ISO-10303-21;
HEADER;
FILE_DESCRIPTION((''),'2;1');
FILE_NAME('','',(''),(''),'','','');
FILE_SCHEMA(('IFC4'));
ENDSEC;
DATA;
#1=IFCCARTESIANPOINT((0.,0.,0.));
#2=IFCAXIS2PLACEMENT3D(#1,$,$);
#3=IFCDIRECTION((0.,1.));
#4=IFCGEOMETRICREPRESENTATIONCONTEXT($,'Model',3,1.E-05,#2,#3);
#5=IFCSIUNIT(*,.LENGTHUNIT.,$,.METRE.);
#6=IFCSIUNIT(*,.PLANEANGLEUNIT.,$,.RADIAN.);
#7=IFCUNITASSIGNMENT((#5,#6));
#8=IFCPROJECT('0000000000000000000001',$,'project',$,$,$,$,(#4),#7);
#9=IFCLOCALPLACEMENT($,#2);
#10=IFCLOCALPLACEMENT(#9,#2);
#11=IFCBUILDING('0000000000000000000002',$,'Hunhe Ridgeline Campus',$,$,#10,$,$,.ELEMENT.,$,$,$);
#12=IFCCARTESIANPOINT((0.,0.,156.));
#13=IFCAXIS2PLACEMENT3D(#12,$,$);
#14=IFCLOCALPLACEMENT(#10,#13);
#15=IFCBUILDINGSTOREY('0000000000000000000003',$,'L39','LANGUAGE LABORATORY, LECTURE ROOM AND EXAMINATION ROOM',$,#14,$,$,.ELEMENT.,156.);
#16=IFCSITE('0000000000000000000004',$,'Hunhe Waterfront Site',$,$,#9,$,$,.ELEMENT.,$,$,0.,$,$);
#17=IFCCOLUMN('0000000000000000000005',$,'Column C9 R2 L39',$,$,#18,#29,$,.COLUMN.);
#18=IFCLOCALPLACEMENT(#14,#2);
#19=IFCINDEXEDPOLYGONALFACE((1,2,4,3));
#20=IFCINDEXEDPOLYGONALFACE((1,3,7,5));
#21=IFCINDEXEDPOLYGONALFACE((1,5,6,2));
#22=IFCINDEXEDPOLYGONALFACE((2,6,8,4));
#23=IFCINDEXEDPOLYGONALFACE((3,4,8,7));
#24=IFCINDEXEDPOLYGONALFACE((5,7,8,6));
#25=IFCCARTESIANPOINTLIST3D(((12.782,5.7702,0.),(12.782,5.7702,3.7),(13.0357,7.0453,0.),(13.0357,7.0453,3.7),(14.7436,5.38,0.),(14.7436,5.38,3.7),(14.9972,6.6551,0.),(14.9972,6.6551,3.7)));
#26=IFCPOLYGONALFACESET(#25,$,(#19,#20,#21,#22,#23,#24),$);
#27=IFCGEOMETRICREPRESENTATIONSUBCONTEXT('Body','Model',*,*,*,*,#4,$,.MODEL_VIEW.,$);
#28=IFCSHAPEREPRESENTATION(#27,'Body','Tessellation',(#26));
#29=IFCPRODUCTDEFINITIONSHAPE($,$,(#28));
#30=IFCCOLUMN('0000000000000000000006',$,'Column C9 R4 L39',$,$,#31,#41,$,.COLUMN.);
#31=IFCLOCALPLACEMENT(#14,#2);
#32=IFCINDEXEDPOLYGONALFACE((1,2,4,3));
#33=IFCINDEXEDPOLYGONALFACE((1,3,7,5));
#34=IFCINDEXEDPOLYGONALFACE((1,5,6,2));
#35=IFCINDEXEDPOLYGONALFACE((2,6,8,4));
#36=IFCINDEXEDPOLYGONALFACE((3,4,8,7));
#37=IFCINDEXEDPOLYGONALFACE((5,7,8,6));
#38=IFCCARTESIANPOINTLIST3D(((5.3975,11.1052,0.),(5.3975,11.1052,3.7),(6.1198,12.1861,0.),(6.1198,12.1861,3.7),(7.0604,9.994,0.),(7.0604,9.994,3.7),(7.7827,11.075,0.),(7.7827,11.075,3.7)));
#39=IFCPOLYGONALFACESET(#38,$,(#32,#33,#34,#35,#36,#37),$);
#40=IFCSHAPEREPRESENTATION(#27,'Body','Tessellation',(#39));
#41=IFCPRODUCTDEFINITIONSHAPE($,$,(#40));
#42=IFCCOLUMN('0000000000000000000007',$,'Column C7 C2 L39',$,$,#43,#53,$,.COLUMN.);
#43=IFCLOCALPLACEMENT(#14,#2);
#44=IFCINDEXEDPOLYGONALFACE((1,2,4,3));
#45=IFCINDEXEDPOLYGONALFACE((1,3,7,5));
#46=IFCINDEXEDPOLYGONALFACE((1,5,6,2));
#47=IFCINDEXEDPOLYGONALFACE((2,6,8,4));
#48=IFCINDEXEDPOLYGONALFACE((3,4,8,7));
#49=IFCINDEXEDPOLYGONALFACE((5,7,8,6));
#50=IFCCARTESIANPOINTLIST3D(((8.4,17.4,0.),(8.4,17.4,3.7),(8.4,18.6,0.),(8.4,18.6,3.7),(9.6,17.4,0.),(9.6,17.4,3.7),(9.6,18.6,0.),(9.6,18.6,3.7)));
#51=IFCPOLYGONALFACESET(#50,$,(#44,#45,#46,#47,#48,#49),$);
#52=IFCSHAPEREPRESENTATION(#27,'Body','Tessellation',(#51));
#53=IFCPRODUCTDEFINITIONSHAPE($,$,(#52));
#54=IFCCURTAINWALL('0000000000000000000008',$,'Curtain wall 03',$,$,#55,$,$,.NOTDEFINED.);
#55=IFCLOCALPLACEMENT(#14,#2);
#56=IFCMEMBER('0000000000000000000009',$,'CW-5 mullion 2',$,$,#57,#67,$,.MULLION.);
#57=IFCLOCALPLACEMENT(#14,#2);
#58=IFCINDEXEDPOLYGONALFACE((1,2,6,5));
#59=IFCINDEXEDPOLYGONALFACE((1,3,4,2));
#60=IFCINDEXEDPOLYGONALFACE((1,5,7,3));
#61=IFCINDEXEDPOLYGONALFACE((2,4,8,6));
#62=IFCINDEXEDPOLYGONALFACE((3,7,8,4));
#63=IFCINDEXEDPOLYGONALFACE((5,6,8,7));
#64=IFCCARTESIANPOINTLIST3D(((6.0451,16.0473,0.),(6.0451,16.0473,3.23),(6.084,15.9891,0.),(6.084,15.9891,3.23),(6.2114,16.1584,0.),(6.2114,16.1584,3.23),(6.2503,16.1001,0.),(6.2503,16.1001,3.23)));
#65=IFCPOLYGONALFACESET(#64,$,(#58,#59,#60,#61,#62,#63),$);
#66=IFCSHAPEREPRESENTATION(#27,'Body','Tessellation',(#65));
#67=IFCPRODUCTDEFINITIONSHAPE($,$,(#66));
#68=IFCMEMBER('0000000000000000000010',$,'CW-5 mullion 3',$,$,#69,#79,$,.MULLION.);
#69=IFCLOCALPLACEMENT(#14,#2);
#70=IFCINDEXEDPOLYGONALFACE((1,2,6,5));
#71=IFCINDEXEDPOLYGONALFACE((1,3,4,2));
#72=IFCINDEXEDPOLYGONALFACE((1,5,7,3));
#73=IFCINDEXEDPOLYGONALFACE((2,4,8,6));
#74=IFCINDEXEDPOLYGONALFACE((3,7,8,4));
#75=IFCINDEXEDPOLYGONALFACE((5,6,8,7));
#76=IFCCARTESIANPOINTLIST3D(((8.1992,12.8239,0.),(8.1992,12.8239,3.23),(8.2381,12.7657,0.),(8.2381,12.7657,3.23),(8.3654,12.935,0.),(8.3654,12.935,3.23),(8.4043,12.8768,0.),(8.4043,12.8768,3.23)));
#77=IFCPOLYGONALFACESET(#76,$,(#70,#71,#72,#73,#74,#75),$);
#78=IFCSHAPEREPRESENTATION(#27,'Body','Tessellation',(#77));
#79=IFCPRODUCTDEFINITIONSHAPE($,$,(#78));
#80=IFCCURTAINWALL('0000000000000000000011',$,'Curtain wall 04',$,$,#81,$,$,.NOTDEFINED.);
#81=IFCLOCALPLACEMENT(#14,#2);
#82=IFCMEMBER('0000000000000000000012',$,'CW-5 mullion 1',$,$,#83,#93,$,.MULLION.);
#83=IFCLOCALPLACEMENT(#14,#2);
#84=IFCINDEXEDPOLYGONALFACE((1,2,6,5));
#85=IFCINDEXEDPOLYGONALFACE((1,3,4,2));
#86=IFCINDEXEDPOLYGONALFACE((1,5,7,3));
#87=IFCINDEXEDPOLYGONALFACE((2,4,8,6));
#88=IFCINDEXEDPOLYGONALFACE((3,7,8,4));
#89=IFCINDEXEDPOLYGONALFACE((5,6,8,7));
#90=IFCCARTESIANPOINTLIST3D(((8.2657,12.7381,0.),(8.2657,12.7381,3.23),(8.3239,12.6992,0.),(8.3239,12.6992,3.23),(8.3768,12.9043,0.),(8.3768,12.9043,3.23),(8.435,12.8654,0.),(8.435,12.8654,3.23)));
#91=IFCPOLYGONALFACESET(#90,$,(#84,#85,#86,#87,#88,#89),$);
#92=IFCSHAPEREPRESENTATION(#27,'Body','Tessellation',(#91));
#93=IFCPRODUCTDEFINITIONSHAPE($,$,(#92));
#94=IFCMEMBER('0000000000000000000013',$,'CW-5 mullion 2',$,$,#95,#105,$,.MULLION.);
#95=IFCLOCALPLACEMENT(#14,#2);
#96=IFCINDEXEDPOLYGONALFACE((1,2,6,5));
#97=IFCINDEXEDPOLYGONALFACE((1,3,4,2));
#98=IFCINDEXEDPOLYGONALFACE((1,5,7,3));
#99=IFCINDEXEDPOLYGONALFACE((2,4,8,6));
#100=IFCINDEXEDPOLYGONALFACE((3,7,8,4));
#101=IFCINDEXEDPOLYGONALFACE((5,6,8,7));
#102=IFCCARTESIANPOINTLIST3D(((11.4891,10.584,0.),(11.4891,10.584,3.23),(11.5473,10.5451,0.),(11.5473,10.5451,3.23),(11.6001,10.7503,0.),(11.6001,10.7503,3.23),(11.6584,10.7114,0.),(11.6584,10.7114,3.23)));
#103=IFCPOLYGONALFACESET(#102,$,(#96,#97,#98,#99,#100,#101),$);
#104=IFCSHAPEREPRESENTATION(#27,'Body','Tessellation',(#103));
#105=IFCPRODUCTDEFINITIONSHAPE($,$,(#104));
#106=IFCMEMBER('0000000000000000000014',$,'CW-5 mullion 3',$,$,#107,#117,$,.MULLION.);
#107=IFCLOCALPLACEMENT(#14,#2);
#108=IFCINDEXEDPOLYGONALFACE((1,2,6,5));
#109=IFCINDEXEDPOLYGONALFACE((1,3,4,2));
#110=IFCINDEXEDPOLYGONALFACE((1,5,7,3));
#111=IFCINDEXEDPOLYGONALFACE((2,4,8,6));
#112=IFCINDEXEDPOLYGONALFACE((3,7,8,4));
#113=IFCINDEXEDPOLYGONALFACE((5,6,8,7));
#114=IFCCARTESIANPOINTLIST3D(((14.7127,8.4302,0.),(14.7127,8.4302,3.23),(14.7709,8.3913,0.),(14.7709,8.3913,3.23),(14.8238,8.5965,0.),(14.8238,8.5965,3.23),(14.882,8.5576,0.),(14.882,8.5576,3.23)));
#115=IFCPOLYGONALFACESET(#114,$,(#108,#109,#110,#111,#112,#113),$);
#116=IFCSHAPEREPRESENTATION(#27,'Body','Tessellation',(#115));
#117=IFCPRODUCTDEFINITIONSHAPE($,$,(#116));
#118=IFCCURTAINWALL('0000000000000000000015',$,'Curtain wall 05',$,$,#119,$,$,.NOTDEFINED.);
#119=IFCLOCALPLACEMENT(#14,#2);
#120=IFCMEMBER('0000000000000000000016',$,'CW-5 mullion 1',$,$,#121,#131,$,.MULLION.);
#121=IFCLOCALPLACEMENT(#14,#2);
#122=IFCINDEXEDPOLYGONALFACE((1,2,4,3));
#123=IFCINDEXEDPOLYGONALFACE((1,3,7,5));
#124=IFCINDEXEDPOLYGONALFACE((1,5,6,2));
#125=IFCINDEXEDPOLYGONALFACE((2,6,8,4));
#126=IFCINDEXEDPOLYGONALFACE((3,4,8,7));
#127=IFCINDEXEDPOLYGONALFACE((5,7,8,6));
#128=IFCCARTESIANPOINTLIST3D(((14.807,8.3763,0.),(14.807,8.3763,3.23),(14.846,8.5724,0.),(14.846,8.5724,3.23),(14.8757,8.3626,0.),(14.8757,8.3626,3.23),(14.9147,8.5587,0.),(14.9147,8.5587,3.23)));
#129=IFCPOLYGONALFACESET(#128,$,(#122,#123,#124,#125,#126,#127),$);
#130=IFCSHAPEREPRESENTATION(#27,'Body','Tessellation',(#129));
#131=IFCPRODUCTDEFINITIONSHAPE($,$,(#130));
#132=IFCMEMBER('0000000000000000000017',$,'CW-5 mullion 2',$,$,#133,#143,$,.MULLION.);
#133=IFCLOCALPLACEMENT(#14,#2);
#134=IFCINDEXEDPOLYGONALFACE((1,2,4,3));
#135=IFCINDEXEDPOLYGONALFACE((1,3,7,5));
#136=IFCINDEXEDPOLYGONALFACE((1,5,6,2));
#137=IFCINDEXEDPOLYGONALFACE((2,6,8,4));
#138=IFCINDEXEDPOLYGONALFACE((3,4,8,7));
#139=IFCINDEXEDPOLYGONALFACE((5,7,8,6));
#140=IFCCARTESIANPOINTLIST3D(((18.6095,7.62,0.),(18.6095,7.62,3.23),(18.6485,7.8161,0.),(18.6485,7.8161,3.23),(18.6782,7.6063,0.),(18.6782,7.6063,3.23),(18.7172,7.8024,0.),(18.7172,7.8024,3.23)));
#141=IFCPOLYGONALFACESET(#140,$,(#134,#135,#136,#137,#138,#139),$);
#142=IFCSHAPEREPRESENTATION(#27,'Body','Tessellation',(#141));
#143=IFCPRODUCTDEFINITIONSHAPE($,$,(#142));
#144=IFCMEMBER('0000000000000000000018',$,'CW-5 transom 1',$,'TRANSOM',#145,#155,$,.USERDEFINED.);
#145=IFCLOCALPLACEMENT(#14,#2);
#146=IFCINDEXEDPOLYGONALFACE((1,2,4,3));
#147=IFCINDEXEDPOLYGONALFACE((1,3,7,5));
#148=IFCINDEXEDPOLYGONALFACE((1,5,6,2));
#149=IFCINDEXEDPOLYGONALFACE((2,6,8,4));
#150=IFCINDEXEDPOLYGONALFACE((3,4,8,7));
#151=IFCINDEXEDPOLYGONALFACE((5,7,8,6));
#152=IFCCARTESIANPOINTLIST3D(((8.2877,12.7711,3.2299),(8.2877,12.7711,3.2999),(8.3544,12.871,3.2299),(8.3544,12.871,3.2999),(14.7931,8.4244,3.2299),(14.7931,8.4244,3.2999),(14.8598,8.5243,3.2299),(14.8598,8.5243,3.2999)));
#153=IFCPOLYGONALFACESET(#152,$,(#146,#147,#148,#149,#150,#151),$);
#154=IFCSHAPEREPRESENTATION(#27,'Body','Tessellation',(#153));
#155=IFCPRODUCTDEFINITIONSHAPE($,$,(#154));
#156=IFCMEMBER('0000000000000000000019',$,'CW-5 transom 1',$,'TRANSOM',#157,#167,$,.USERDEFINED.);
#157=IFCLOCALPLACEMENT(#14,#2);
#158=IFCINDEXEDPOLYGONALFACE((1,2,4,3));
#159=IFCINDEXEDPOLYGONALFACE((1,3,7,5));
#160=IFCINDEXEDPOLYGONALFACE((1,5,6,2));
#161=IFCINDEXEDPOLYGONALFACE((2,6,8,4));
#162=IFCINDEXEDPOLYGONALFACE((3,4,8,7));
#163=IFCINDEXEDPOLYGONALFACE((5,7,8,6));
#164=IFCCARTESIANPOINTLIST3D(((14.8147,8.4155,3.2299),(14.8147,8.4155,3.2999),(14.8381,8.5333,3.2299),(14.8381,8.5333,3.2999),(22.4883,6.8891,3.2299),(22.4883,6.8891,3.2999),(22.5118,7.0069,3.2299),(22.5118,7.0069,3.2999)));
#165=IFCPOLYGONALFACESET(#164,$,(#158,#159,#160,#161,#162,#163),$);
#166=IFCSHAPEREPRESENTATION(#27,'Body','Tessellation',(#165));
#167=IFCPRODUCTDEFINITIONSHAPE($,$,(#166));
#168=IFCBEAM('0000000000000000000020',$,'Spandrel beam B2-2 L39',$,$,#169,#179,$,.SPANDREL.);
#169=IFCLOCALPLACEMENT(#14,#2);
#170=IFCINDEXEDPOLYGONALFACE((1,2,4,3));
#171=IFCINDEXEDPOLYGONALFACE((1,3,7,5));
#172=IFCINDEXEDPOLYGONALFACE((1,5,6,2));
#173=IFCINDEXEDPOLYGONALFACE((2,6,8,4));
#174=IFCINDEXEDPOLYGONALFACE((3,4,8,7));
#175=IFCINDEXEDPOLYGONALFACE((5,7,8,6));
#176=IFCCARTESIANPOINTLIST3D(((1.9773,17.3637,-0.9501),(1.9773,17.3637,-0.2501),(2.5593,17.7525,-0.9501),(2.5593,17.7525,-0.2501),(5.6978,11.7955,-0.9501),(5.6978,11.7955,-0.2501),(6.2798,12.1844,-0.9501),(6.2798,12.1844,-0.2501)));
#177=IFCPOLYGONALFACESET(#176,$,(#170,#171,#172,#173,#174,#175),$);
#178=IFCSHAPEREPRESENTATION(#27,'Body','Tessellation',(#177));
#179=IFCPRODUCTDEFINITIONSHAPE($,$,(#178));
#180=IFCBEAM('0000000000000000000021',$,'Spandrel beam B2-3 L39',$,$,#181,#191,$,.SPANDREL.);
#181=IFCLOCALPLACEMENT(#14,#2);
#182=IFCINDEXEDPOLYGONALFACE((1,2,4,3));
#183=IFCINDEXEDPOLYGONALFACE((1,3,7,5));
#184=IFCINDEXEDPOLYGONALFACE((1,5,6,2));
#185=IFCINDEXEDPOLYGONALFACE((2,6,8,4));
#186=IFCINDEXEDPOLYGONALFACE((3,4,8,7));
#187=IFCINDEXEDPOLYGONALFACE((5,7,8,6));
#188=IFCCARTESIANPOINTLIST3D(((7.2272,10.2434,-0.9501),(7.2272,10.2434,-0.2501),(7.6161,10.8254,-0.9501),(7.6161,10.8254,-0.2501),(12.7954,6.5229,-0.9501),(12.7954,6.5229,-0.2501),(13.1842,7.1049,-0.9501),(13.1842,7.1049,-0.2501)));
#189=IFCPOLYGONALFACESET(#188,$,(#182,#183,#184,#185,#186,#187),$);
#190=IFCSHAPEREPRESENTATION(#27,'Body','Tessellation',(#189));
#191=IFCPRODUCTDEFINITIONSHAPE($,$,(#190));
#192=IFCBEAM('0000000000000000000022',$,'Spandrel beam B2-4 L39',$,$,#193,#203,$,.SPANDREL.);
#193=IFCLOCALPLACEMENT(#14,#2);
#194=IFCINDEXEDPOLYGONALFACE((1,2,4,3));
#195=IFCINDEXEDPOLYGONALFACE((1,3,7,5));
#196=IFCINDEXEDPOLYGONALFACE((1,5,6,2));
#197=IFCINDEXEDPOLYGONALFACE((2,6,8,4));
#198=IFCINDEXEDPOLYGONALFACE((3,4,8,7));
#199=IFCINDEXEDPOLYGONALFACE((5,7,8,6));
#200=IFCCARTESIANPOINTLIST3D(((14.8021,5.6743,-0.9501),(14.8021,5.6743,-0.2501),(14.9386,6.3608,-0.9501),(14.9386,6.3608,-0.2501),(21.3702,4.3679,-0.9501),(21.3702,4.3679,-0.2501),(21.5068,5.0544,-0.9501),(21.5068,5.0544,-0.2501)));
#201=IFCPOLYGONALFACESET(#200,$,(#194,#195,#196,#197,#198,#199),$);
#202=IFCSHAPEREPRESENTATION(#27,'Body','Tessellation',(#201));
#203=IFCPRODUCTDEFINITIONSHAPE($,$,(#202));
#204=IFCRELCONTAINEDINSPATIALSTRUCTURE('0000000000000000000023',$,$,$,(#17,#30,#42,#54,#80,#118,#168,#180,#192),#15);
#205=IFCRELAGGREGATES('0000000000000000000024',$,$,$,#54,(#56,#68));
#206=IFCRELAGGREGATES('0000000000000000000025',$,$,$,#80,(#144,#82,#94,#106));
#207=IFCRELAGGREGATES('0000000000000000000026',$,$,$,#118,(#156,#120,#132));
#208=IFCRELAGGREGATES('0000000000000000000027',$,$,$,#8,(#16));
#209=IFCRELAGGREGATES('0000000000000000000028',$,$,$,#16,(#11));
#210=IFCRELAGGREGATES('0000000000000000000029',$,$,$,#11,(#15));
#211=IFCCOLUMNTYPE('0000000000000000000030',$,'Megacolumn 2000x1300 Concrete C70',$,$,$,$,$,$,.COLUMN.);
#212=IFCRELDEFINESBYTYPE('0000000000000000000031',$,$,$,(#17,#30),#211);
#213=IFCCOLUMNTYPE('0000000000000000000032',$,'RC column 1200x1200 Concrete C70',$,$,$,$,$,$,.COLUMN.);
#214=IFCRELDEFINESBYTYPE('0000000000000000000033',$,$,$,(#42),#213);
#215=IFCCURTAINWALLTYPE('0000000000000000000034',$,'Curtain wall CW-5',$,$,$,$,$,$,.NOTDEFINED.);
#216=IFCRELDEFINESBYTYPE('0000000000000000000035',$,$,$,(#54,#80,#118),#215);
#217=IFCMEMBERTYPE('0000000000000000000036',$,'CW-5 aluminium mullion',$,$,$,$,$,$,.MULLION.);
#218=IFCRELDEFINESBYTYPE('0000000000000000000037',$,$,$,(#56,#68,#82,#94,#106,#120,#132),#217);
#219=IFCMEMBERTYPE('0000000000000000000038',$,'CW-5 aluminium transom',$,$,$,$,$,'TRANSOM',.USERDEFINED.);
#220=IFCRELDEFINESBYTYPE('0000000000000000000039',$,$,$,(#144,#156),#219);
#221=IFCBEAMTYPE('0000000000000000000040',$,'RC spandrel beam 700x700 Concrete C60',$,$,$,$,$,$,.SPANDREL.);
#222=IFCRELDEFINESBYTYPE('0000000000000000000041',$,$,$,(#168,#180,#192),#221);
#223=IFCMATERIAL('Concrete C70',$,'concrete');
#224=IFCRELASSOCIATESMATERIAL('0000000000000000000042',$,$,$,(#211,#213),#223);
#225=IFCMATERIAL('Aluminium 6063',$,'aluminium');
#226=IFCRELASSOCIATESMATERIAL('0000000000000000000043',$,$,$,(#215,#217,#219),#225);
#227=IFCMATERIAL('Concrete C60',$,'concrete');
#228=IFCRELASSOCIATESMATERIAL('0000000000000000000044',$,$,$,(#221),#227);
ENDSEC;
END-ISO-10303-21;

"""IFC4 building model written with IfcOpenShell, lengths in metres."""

from ifc_helpers import new_model, si_unit, direction, frame, origin, origin_2d, place, context, subcontext, project, spatial, rectangle, extrude, material, material_profile, profile_set, type_object, element, aggregate, save


model = new_model("IFC4")

# Units and contexts
model_context = context("Model", 3, precision=1e-05, world=origin(), true_north=direction((0.0, 1.0)))
body_context = subcontext(model_context, "Body", "Model", "MODEL_VIEW")
ifc_project = project(units=[si_unit("LENGTHUNIT", "METRE"), si_unit("PLANEANGLEUNIT", "RADIAN")], contexts=[model_context])

# Site, building, storey
site_placement = place(None, origin())
site = spatial("IfcSite", under=ifc_project, at=site_placement, Name="Hunhe Waterfront Site", CompositionType="ELEMENT", RefElevation=0.0)
building_placement = place(site_placement, origin())
building = spatial("IfcBuilding", under=site, at=building_placement, Name="Hunhe Ridgeline Campus", CompositionType="ELEMENT")
storey_placement = place(building_placement, frame((0.0, 0.0, 156.0)))
storey = spatial("IfcBuildingStorey", under=building, at=storey_placement, Name="L39", Description="LANGUAGE LABORATORY, LECTURE ROOM AND EXAMINATION ROOM", CompositionType="ELEMENT", Elevation=156.0)

# Columns
ifc_material_1 = material(Name="Concrete C70", Category="concrete")
ifc_material_profile_1 = material_profile(ifc_material_1, rectangle(XDim=2.0, YDim=1.3, at=origin_2d()))
ifc_profile_set_1 = profile_set([ifc_material_profile_1], Name="Concrete C70")
column_type_1 = type_object("IfcColumnType", Name="Megacolumn 2000x1300 Concrete C70", PredefinedType="COLUMN", material=ifc_profile_set_1)
for number, where, z_axis, x_axis, name in (
    (1, (13.8896, 6.2126, 0.0), (0.0, 0.0, 1.0), (-0.980785, 0.19509, 0.0), "Column C9 R2 L39"),
    (2, (6.5901, 11.0901, 0.0), (0.0, 0.0, 1.0), (-0.83147, 0.55557, 0.0), "Column C9 R4 L39"),
):
    element("IfcColumn", number, at=place(storey_placement, frame(where, z_axis=z_axis, x_axis=x_axis)), inside=storey, type_object=column_type_1, Name=name, PredefinedType="COLUMN", context=body_context, shape_type="SweptSolid", body=[
        extrude(rectangle(XDim=2.0, YDim=1.3, at=origin_2d()), origin(), (0.0, 0.0, 1.0), 3.7),
    ])
ifc_material_profile_2 = material_profile(ifc_material_1, rectangle(XDim=1.2, YDim=1.2, at=origin_2d()))
ifc_profile_set_2 = profile_set([ifc_material_profile_2], Name="Concrete C70")
column_type_2 = type_object("IfcColumnType", Name="RC column 1200x1200 Concrete C70", PredefinedType="COLUMN", material=ifc_profile_set_2)
column_placement = place(storey_placement, frame((9.0, 18.0, 0.0), z_axis=(0.0, 0.0, 1.0), x_axis=(1.0, 0.0, 0.0)))
element("IfcColumn", 3, at=column_placement, inside=storey, type_object=column_type_2, Name="Column C7 C2 L39", PredefinedType="COLUMN", context=body_context, shape_type="SweptSolid", body=[
    extrude(rectangle(XDim=1.2, YDim=1.2, at=origin_2d()), origin(), (0.0, 0.0, 1.0), 3.7),
])

# Curtain walls, members
ifc_material_2 = material(Name="Aluminium 6063", Category="aluminium")
curtain_wall_type = type_object("IfcCurtainWallType", Name="Curtain wall CW-5", PredefinedType="NOTDEFINED", material=ifc_material_2)
curtain_wall_1_placement = place(storey_placement, origin())
curtain_wall_1 = element("IfcCurtainWall", 4, at=curtain_wall_1_placement, inside=storey, type_object=curtain_wall_type, Name="Curtain wall 03", PredefinedType="NOTDEFINED")
ifc_material_profile_3 = material_profile(ifc_material_2, rectangle(XDim=0.2, YDim=0.0701, at=origin_2d()))
ifc_profile_set_3 = profile_set([ifc_material_profile_3], Name="Aluminium 6063")
member_type_1 = type_object("IfcMemberType", Name="CW-5 aluminium mullion", PredefinedType="MULLION", material=ifc_profile_set_3)
member_1_placement = place(storey_placement, frame((6.1477, 16.0737, 0.0), z_axis=(0.0, 0.0, 1.0), x_axis=(0.83147, 0.55557, 0.0)))
member_1 = element("IfcMember", 5, at=member_1_placement, type_object=member_type_1, Name="CW-5 mullion 2", PredefinedType="MULLION", context=body_context, shape_type="SweptSolid", body=[
    extrude(rectangle(XDim=0.2, YDim=0.0701, at=origin_2d()), origin(), (0.0, 0.0, 1.0), 3.23),
])
member_2_placement = place(storey_placement, frame((8.3018, 12.8503, 0.0), z_axis=(0.0, 0.0, 1.0), x_axis=(0.83147, 0.55557, 0.0)))
member_2 = element("IfcMember", 6, at=member_2_placement, type_object=member_type_1, Name="CW-5 mullion 3", PredefinedType="MULLION", context=body_context, shape_type="SweptSolid", body=[
    extrude(rectangle(XDim=0.2, YDim=0.0701, at=origin_2d()), origin(), (0.0, 0.0, 1.0), 3.23),
])
curtain_wall_2_placement = place(storey_placement, origin())
curtain_wall_2 = element("IfcCurtainWall", 7, at=curtain_wall_2_placement, inside=storey, type_object=curtain_wall_type, Name="Curtain wall 04", PredefinedType="NOTDEFINED")
member_3_placement = place(storey_placement, frame((8.3503, 12.8018, 0.0), z_axis=(0.0, 0.0, 1.0), x_axis=(0.55557, 0.83147, 0.0)))
member_3 = element("IfcMember", 8, at=member_3_placement, type_object=member_type_1, Name="CW-5 mullion 1", PredefinedType="MULLION", context=body_context, shape_type="SweptSolid", body=[
    extrude(rectangle(XDim=0.2, YDim=0.0701, at=origin_2d()), origin(), (0.0, 0.0, 1.0), 3.23),
])
member_4_placement = place(storey_placement, frame((11.5737, 10.6477, 0.0), z_axis=(0.0, 0.0, 1.0), x_axis=(0.55557, 0.83147, 0.0)))
member_4 = element("IfcMember", 9, at=member_4_placement, type_object=member_type_1, Name="CW-5 mullion 2", PredefinedType="MULLION", context=body_context, shape_type="SweptSolid", body=[
    extrude(rectangle(XDim=0.2, YDim=0.0701, at=origin_2d()), origin(), (0.0, 0.0, 1.0), 3.23),
])
member_5_placement = place(storey_placement, frame((14.7974, 8.4939, 0.0), z_axis=(0.0, 0.0, 1.0), x_axis=(0.55557, 0.83147, 0.0)))
member_5 = element("IfcMember", 10, at=member_5_placement, type_object=member_type_1, Name="CW-5 mullion 3", PredefinedType="MULLION", context=body_context, shape_type="SweptSolid", body=[
    extrude(rectangle(XDim=0.2, YDim=0.0701, at=origin_2d()), origin(), (0.0, 0.0, 1.0), 3.23),
])
curtain_wall_3_placement = place(storey_placement, origin())
curtain_wall_3 = element("IfcCurtainWall", 11, at=curtain_wall_3_placement, inside=storey, type_object=curtain_wall_type, Name="Curtain wall 05", PredefinedType="NOTDEFINED")
member_6_placement = place(storey_placement, frame((14.8608, 8.4675, 0.0), z_axis=(0.0, 0.0, 1.0), x_axis=(0.19509, 0.980785, 0.0)))
member_6 = element("IfcMember", 12, at=member_6_placement, type_object=member_type_1, Name="CW-5 mullion 1", PredefinedType="MULLION", context=body_context, shape_type="SweptSolid", body=[
    extrude(rectangle(XDim=0.2, YDim=0.0701, at=origin_2d()), origin(), (0.0, 0.0, 1.0), 3.23),
])
member_7_placement = place(storey_placement, frame((18.6633, 7.7112, 0.0), z_axis=(0.0, 0.0, 1.0), x_axis=(0.19509, 0.980785, 0.0)))
member_7 = element("IfcMember", 13, at=member_7_placement, type_object=member_type_1, Name="CW-5 mullion 2", PredefinedType="MULLION", context=body_context, shape_type="SweptSolid", body=[
    extrude(rectangle(XDim=0.2, YDim=0.0701, at=origin_2d()), origin(), (0.0, 0.0, 1.0), 3.23),
])

# Members
ifc_material_profile_4 = material_profile(ifc_material_2, rectangle(XDim=0.1201, YDim=0.0701, at=origin_2d()))
ifc_profile_set_4 = profile_set([ifc_material_profile_4], Name="Aluminium 6063")
member_type_2 = type_object("IfcMemberType", Name="CW-5 aluminium transom", ElementType="TRANSOM", PredefinedType="USERDEFINED", material=ifc_profile_set_4)
member_8_placement = place(storey_placement, frame((8.321, 12.821, 3.2649), z_axis=(0.831474, -0.555564, 0.0), x_axis=(0.555564, 0.831474, 0.0)))
member_8 = element("IfcMember", 14, at=member_8_placement, type_object=member_type_2, Name="CW-5 transom 1", ObjectType="TRANSOM", PredefinedType="USERDEFINED", context=body_context, shape_type="SweptSolid", body=[
    extrude(rectangle(XDim=0.1201, YDim=0.0701, at=origin_2d()), origin(), (0.0, 0.0, 1.0), 7.824),
])
member_9_placement = place(storey_placement, frame((14.8264, 8.4744, 3.2649), z_axis=(0.980785, -0.19509, 0.0), x_axis=(0.19509, 0.980785, 0.0)))
member_9 = element("IfcMember", 15, at=member_9_placement, type_object=member_type_2, Name="CW-5 transom 1", ObjectType="TRANSOM", PredefinedType="USERDEFINED", context=body_context, shape_type="SweptSolid", body=[
    extrude(rectangle(XDim=0.1201, YDim=0.0701, at=origin_2d()), origin(), (0.0, 0.0, 1.0), 7.824),
])

# Beams
ifc_material_3 = material(Name="Concrete C60", Category="concrete")
ifc_material_profile_5 = material_profile(ifc_material_3, rectangle(XDim=0.7, YDim=0.7, at=origin_2d()))
ifc_profile_set_5 = profile_set([ifc_material_profile_5], Name="Concrete C60")
beam_type = type_object("IfcBeamType", Name="RC spandrel beam 700x700 Concrete C60", PredefinedType="SPANDREL", material=ifc_profile_set_5)
for number, where, z_axis, x_axis, name in (
    (16, (2.2683, 17.5581, -0.6001), (0.555566, -0.831472, 0.0), (0.831472, 0.555566, 0.0), "Spandrel beam B2-2 L39"),
    (17, (7.4216, 10.5344, -0.6001), (0.831472, -0.555566, 0.0), (0.555566, 0.831472, 0.0), "Spandrel beam B2-3 L39"),
    (18, (14.8704, 6.0176, -0.6001), (0.980788, -0.195078, 0.0), (0.195078, 0.980788, 0.0), "Spandrel beam B2-4 L39"),
):
    element("IfcBeam", number, at=place(storey_placement, frame(where, z_axis=z_axis, x_axis=x_axis)), inside=storey, type_object=beam_type, Name=name, PredefinedType="SPANDREL", context=body_context, shape_type="SweptSolid", body=[
        extrude(rectangle(XDim=0.7, YDim=0.7, at=origin_2d()), origin(), (0.0, 0.0, 1.0), 6.6968),
    ])

aggregate(curtain_wall_1, [member_1, member_2])
aggregate(curtain_wall_2, [member_8, member_3, member_4, member_5])
aggregate(curtain_wall_3, [member_9, member_6, member_7])

save(model, "model.ifc")
